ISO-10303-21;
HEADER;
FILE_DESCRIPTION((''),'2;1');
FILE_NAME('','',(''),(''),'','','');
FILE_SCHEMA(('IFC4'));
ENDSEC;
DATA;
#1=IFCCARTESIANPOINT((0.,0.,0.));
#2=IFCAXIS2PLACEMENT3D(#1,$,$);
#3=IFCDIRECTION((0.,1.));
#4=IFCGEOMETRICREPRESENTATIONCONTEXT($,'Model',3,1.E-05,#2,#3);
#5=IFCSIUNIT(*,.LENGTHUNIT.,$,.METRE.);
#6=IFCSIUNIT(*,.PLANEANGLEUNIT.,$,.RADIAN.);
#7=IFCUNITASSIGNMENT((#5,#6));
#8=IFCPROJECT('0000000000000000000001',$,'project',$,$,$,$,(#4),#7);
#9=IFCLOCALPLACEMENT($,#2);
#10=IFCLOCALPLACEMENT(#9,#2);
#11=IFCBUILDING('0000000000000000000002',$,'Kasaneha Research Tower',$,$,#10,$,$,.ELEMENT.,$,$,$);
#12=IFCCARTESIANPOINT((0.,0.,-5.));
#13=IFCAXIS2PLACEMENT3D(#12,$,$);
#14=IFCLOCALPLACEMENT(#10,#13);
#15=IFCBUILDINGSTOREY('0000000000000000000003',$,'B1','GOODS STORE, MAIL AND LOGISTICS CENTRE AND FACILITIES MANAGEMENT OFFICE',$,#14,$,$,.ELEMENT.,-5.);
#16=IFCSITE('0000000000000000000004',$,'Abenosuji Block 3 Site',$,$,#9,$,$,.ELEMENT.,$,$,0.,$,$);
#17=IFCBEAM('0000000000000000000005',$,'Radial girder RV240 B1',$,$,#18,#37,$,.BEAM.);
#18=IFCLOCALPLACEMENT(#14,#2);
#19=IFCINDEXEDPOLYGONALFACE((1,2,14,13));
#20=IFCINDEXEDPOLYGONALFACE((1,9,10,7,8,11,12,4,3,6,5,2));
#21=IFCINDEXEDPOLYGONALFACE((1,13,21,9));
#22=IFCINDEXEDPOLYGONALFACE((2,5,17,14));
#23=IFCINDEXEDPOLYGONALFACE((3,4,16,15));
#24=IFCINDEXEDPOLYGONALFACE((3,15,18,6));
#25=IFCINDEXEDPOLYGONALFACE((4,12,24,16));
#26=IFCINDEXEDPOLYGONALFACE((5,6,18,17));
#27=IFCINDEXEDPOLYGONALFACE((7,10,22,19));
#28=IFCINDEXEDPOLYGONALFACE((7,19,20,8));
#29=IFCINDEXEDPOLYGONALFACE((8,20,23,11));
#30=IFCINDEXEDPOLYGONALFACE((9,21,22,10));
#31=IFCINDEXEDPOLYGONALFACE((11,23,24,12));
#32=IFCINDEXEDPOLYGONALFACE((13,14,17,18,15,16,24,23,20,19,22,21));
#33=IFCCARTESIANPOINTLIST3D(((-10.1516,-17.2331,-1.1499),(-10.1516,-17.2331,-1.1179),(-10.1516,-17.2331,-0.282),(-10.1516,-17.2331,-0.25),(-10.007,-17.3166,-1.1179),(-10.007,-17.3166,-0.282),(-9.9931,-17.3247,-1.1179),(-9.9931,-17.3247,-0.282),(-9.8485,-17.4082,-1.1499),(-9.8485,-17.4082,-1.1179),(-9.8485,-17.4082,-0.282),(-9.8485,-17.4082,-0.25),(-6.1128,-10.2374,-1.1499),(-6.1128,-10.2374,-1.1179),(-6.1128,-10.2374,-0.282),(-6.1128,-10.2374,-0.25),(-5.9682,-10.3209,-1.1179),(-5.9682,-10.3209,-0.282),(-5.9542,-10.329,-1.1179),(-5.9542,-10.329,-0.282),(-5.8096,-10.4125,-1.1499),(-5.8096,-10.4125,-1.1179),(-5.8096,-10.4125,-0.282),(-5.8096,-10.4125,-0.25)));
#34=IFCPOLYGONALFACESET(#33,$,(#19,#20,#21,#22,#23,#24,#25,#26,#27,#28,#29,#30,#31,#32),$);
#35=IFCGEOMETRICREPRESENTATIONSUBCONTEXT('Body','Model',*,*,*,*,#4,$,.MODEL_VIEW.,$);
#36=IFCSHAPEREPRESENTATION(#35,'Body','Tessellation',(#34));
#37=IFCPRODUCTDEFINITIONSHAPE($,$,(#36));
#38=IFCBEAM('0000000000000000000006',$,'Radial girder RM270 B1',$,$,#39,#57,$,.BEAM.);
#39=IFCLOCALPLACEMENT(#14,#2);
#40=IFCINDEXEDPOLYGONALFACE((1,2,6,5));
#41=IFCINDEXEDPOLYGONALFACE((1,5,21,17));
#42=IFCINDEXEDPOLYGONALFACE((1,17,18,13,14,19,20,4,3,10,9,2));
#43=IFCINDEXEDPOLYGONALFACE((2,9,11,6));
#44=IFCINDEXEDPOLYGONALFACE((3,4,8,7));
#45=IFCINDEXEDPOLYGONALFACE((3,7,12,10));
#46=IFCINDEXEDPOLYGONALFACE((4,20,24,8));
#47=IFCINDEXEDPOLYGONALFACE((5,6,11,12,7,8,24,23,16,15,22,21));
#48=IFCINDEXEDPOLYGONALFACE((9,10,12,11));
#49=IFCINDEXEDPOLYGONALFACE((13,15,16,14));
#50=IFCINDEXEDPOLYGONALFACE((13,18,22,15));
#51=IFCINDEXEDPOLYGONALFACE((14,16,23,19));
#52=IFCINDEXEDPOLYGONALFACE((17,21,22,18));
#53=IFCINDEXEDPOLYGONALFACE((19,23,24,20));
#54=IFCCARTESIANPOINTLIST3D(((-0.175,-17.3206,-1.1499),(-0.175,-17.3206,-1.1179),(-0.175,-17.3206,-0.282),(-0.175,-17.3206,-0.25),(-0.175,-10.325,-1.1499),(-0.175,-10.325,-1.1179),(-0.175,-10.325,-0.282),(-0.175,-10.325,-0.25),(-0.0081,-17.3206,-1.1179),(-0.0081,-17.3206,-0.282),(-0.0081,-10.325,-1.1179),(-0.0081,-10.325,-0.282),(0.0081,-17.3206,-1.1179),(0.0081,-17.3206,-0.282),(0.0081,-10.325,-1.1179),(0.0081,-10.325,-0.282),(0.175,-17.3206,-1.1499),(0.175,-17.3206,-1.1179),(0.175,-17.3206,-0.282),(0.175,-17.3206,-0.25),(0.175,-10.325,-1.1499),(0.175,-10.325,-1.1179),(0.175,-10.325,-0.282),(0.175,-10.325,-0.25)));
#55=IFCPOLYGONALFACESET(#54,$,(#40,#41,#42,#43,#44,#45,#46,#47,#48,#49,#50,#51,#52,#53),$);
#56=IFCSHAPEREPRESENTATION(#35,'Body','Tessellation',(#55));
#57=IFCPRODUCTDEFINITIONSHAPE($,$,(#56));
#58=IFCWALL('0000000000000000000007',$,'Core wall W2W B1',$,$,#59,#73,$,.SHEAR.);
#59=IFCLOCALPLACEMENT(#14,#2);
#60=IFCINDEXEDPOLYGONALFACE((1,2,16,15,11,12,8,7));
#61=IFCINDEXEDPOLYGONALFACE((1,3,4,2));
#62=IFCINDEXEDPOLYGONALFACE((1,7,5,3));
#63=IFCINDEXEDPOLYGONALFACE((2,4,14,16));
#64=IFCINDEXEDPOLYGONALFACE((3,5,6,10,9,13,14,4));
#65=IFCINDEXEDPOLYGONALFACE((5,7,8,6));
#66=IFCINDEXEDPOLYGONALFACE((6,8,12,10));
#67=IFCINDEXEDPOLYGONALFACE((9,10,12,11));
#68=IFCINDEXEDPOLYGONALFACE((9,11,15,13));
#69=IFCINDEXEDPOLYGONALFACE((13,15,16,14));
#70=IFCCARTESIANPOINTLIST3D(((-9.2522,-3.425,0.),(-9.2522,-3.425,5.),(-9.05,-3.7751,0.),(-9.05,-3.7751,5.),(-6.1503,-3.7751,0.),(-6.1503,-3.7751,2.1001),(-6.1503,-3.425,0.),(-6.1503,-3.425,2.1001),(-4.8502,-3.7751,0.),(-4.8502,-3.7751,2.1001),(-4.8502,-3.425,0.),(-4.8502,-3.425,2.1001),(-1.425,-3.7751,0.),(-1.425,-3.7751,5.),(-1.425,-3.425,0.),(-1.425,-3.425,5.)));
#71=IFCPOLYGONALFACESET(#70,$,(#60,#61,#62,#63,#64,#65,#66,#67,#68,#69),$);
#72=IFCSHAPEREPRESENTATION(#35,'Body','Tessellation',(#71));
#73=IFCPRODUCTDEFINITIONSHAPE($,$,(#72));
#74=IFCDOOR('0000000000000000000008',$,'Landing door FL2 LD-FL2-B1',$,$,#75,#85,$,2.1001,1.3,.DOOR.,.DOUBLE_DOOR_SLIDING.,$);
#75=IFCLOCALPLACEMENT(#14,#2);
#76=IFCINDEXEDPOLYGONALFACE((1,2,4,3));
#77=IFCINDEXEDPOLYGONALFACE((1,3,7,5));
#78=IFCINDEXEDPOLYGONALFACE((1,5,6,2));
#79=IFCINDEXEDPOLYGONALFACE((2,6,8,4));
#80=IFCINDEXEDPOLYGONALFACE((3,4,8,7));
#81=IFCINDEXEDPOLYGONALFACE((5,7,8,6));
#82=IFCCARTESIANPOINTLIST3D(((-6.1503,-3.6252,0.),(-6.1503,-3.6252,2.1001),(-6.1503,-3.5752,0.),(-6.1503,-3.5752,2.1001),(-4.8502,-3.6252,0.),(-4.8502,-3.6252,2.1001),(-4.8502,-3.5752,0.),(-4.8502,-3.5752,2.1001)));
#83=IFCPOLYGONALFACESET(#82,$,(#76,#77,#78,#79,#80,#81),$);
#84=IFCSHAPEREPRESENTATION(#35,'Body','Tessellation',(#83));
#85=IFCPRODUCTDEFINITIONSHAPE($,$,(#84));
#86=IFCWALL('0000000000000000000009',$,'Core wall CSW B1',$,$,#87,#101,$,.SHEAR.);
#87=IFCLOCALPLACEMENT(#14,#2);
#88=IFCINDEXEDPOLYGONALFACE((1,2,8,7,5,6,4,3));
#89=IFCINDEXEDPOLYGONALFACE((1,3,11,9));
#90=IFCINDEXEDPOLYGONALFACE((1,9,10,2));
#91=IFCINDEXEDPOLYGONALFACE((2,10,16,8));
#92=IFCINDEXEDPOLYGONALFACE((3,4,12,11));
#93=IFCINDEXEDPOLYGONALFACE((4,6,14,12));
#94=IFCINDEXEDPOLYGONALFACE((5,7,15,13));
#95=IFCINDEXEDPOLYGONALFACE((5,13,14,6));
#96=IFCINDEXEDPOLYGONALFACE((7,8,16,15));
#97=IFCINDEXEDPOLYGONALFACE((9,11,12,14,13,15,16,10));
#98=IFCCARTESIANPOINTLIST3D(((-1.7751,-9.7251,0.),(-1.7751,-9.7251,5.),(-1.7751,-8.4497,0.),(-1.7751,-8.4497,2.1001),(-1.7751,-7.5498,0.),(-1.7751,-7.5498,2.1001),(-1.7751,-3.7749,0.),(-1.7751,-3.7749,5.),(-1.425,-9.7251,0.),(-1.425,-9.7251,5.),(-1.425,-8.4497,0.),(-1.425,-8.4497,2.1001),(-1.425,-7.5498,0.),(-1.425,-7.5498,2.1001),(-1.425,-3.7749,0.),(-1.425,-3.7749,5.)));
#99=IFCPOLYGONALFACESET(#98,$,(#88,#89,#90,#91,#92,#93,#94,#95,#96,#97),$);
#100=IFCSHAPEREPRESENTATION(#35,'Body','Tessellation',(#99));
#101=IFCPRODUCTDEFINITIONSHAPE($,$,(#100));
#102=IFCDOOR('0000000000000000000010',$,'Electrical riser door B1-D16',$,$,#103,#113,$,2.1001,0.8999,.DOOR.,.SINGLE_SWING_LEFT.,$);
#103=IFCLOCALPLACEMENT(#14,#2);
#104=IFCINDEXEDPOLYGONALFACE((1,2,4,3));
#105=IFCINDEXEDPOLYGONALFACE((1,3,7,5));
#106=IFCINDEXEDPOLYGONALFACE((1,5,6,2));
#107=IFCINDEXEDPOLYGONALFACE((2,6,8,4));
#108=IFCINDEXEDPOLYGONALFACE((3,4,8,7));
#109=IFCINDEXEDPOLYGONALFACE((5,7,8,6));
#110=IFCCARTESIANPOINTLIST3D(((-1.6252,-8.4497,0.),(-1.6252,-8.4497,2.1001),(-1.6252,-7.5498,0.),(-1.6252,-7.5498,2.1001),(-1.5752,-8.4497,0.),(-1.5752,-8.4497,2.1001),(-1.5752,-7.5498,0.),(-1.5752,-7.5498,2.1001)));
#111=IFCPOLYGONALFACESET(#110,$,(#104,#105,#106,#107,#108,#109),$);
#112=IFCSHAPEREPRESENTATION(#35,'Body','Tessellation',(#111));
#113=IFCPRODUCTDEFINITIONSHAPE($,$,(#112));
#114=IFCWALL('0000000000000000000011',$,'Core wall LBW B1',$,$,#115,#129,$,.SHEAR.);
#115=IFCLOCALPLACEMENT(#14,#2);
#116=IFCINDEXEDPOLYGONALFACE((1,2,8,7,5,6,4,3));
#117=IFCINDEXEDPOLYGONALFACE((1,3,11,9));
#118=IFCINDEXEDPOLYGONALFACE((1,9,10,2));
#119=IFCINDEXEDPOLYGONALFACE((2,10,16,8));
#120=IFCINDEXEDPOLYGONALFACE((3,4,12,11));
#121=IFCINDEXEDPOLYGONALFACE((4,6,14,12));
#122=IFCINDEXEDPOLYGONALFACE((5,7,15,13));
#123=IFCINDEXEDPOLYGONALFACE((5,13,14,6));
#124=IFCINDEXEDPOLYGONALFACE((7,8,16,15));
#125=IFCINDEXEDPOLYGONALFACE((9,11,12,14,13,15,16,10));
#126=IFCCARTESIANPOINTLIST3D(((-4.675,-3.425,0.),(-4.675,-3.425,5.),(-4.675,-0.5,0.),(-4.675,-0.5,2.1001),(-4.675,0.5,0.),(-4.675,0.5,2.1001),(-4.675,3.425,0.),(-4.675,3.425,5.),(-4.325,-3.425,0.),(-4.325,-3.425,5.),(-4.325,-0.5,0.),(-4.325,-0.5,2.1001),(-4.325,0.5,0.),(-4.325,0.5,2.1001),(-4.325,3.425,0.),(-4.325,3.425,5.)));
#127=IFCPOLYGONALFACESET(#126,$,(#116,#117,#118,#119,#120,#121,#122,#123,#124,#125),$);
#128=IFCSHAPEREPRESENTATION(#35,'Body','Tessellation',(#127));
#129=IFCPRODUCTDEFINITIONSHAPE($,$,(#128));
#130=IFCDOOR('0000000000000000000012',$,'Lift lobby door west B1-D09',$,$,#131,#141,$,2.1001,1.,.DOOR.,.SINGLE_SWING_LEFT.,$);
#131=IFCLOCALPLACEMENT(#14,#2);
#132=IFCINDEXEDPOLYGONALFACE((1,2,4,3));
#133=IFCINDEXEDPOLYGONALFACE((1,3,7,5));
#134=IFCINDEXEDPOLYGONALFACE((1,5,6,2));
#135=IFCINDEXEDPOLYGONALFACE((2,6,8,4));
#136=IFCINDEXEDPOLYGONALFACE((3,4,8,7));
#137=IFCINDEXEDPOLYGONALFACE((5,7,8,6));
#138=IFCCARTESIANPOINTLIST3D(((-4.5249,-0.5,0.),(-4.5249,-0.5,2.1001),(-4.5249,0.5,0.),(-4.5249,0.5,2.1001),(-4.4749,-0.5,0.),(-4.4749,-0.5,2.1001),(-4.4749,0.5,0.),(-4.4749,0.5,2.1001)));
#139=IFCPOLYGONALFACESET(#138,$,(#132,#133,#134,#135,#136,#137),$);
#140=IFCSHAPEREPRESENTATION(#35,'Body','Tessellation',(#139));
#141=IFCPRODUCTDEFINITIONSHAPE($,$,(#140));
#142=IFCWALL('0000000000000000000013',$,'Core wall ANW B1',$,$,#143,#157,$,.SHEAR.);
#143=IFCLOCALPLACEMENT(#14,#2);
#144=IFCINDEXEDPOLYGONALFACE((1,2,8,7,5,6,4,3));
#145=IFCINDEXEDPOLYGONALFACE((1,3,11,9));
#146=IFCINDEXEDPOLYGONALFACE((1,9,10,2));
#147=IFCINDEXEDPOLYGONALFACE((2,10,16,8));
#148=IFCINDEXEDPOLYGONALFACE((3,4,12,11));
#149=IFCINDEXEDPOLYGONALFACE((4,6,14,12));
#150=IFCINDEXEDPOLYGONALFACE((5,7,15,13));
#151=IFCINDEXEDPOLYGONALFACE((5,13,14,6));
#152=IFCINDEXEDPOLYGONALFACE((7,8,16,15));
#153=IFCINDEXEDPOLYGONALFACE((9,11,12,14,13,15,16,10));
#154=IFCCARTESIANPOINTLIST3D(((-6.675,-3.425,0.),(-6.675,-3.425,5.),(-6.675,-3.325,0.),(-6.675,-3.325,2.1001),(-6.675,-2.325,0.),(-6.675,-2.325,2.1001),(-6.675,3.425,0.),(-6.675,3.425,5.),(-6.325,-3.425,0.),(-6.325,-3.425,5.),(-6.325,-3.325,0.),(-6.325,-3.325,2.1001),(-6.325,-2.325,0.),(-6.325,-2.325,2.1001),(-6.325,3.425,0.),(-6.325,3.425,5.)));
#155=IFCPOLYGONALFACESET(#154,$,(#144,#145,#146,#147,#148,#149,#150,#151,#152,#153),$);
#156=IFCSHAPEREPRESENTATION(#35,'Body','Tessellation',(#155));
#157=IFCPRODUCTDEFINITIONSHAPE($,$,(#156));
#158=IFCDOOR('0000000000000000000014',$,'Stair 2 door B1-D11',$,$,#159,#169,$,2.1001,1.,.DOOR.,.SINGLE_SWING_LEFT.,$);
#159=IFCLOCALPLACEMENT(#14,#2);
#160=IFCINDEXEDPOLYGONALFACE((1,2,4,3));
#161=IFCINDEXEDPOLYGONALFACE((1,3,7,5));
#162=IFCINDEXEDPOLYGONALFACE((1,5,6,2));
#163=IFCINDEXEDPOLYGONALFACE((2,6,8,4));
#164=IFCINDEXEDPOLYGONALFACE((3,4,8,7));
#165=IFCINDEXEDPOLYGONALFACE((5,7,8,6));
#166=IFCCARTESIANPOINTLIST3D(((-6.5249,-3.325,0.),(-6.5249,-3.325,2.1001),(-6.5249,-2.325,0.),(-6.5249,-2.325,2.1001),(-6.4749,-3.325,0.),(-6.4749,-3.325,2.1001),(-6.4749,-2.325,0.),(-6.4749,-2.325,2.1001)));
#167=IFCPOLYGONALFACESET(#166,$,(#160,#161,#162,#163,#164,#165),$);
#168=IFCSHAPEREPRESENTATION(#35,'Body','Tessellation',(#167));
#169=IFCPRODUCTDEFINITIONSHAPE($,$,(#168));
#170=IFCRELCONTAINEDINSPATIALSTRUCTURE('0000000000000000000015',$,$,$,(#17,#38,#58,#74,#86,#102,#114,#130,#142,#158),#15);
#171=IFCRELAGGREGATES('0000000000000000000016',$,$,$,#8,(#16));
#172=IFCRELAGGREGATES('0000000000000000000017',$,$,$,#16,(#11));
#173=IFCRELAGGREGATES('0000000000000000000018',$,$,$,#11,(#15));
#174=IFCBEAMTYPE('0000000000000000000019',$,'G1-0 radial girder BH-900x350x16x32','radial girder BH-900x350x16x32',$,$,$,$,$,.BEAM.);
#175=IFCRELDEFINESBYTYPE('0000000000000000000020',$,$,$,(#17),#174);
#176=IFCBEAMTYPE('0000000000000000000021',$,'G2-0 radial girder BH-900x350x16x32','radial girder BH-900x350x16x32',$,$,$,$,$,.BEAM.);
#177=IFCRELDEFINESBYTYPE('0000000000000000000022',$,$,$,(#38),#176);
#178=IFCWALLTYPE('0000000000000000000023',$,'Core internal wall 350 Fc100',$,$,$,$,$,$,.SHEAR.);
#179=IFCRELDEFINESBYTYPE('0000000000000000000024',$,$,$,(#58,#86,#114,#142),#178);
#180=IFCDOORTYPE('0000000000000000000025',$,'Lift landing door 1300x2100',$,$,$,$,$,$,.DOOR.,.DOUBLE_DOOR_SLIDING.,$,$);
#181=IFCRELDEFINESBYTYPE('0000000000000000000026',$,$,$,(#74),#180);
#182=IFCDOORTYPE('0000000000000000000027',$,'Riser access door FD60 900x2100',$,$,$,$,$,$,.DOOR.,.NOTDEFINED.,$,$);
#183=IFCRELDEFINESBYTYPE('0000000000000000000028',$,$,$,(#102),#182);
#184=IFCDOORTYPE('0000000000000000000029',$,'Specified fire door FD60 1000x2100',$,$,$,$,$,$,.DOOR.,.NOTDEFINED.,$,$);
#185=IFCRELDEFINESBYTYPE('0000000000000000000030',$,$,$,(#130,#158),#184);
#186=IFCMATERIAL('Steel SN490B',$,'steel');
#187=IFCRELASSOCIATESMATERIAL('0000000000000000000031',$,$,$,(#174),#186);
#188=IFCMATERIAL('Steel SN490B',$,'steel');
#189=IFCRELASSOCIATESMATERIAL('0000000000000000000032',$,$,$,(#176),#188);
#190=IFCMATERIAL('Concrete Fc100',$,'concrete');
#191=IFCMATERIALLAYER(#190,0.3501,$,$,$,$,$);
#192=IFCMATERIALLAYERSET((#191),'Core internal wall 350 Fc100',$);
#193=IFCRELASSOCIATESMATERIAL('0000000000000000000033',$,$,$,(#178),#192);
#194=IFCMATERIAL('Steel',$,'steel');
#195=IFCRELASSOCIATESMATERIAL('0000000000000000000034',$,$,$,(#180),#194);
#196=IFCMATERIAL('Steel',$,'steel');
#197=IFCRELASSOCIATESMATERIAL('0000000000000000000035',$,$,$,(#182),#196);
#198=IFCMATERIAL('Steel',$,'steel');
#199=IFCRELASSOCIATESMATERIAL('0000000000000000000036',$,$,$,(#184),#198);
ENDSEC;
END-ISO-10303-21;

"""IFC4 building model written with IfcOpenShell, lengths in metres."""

from ifc_helpers import new_model, si_unit, direction, frame, frame_2d, origin, origin_2d, place, context, subcontext, project, spatial, polyline, rectangle, i_section, outline, extrude, material, layer, layer_set, material_profile, profile_set, type_object, element, fill, save


model = new_model("IFC4")

# Units and contexts
model_context = context("Model", 3, precision=1e-05, world=origin(), true_north=direction((0.0, 1.0)))
body_context = subcontext(model_context, "Body", "Model", "MODEL_VIEW")
ifc_project = project(units=[si_unit("LENGTHUNIT", "METRE"), si_unit("PLANEANGLEUNIT", "RADIAN")], contexts=[model_context])

# Site, building, storey
site_placement = place(None, origin())
site = spatial("IfcSite", under=ifc_project, at=site_placement, Name="Abenosuji Block 3 Site", CompositionType="ELEMENT", RefElevation=0.0)
building_placement = place(site_placement, origin())
building = spatial("IfcBuilding", under=site, at=building_placement, Name="Kasaneha Research Tower", CompositionType="ELEMENT")
storey_placement = place(building_placement, frame((0.0, 0.0, -5.0)))
storey = spatial("IfcBuildingStorey", under=building, at=storey_placement, Name="B1", Description="GOODS STORE, MAIL AND LOGISTICS CENTRE AND FACILITIES MANAGEMENT OFFICE", CompositionType="ELEMENT", Elevation=-5.0)

# Beams
ifc_material_1 = material(Name="Steel SN490B", Category="steel")
ifc_material_profile_1 = material_profile(ifc_material_1, i_section(OverallWidth=0.3501, OverallDepth=0.8999, WebThickness=0.0161, FlangeThickness=0.032, at=origin_2d()), Name="BH-900x350x16x32")
ifc_profile_set_1 = profile_set([ifc_material_profile_1], Name="Steel SN490B")
beam_type_1 = type_object("IfcBeamType", Name="G1-0 radial girder BH-900x350x16x32", Description="radial girder BH-900x350x16x32", PredefinedType="BEAM", material=ifc_profile_set_1)
beam_1_placement = place(storey_placement, frame((-5.9612, -10.325, -0.7), z_axis=(-0.499991, -0.866031, 0.0), x_axis=(0.866031, -0.499991, 0.0)))
element("IfcBeam", 1, at=beam_1_placement, inside=storey, type_object=beam_type_1, Name="Radial girder RV240 B1", PredefinedType="BEAM", context=body_context, shape_type="SweptSolid", body=[
    extrude(i_section(OverallWidth=0.3501, OverallDepth=0.8999, WebThickness=0.0161, FlangeThickness=0.032, at=origin_2d()), origin(), (0.0, 0.0, 1.0), 8.0779),
])
ifc_material_2 = material(Name="Steel SN490B", Category="steel")
ifc_material_profile_2 = material_profile(ifc_material_2, i_section(OverallWidth=0.3501, OverallDepth=0.8999, WebThickness=0.0161, FlangeThickness=0.032, at=origin_2d()), Name="BH-900x350x16x32")
ifc_profile_set_2 = profile_set([ifc_material_profile_2], Name="Steel SN490B")
beam_type_2 = type_object("IfcBeamType", Name="G2-0 radial girder BH-900x350x16x32", Description="radial girder BH-900x350x16x32", PredefinedType="BEAM", material=ifc_profile_set_2)
beam_2_placement = place(storey_placement, frame((0.0, -10.325, -0.7), z_axis=(0.0, -1.0, 0.0), x_axis=(1.0, 0.0, 0.0)))
element("IfcBeam", 2, at=beam_2_placement, inside=storey, type_object=beam_type_2, Name="Radial girder RM270 B1", PredefinedType="BEAM", context=body_context, shape_type="SweptSolid", body=[
    extrude(i_section(OverallWidth=0.3501, OverallDepth=0.8999, WebThickness=0.0161, FlangeThickness=0.032, at=origin_2d()), origin(), (0.0, 0.0, 1.0), 6.9956),
])

# Walls, openings, doors
ifc_material_3 = material(Name="Concrete Fc100", Category="concrete")
ifc_layer_1 = layer(ifc_material_3, 0.3501)
ifc_layer_set_1 = layer_set([ifc_layer_1], Name="Core internal wall 350 Fc100")
wall_type_1 = type_object("IfcWallType", Name="Core internal wall 350 Fc100", PredefinedType="SHEAR", material=ifc_layer_set_1)
wall_1_placement = place(storey_placement, frame((-9.1511, -3.6001, 0.0), z_axis=(0.0, 0.0, 1.0), x_axis=(1.0, 0.0, 0.0)))
wall_1 = element("IfcWall", 3, at=wall_1_placement, inside=storey, type_object=wall_type_1, Name="Core wall W2W B1", PredefinedType="SHEAR", context=body_context, shape_type="SweptSolid", body=[
    extrude(outline(polyline([(0.1011, -0.175), (3.001, -0.175), (4.301, -0.175), (7.7261, -0.175), (7.7261, 0.175), (4.301, 0.175), (3.001, 0.175), (-0.1011, 0.175), (0.1011, -0.175)])), origin(), (0.0, 0.0, 1.0), 5.0),
])
opening_1_placement = place(wall_1_placement, frame((3.001, 0.0, 0.0)))
opening_1 = element("IfcOpeningElement", 4, at=opening_1_placement, cuts=wall_1, PredefinedType="OPENING", context=body_context, shape_type="SweptSolid", body=[
    extrude(rectangle(XDim=1.3, YDim=2.1001, at=frame_2d((0.6499, 1.05))), frame((0.0, 0.1851, 0.0), z_axis=(0.0, -1.0, 0.0), x_axis=(1.0, 0.0, 0.0)), (0.0, 0.0, 1.0), 0.3701),
])
ifc_material_4 = material(Name="Steel", Category="steel")
door_type_1 = type_object("IfcDoorType", Name="Lift landing door 1300x2100", OperationType="DOUBLE_DOOR_SLIDING", PredefinedType="DOOR", material=ifc_material_4)
door_1_placement = place(opening_1_placement, origin())
door_1 = element("IfcDoor", 5, at=door_1_placement, inside=storey, type_object=door_type_1, Name="Landing door FL2 LD-FL2-B1", OperationType="DOUBLE_DOOR_SLIDING", OverallHeight=2.1001, OverallWidth=1.3, PredefinedType="DOOR", context=body_context, shape_type="SweptSolid", body=[
    extrude(rectangle(XDim=1.3, YDim=2.1001, at=frame_2d((0.6499, 1.05))), frame((0.0, 0.0249, 0.0), z_axis=(0.0, -1.0, 0.0), x_axis=(1.0, 0.0, 0.0)), (0.0, 0.0, 1.0), 0.05),
])
fill(opening_1, door_1)
wall_2_placement = place(storey_placement, frame((-1.6001, -3.7749, 0.0), z_axis=(0.0, 0.0, 1.0), x_axis=(0.0, -1.0, 0.0)))
wall_2 = element("IfcWall", 6, at=wall_2_placement, inside=storey, type_object=wall_type_1, Name="Core wall CSW B1", PredefinedType="SHEAR", context=body_context, shape_type="SweptSolid", body=[
    extrude(rectangle(XDim=5.9502, YDim=0.3501, at=frame_2d((2.9751, 0.0))), origin(), (0.0, 0.0, 1.0), 5.0),
])
opening_2_placement = place(wall_2_placement, frame((3.7749, 0.0, 0.0)))
opening_2 = element("IfcOpeningElement", 7, at=opening_2_placement, cuts=wall_2, PredefinedType="OPENING", context=body_context, shape_type="SweptSolid", body=[
    extrude(rectangle(XDim=0.8999, YDim=2.1001, at=frame_2d((0.45, 1.05))), frame((0.0, 0.1851, 0.0), z_axis=(0.0, -1.0, 0.0), x_axis=(1.0, 0.0, 0.0)), (0.0, 0.0, 1.0), 0.3701),
])
ifc_material_5 = material(Name="Steel", Category="steel")
door_type_2 = type_object("IfcDoorType", Name="Riser access door FD60 900x2100", OperationType="NOTDEFINED", PredefinedType="DOOR", material=ifc_material_5)
door_2_placement = place(opening_2_placement, origin())
door_2 = element("IfcDoor", 8, at=door_2_placement, inside=storey, type_object=door_type_2, Name="Electrical riser door B1-D16", OperationType="SINGLE_SWING_LEFT", OverallHeight=2.1001, OverallWidth=0.8999, PredefinedType="DOOR", context=body_context, shape_type="SweptSolid", body=[
    extrude(rectangle(XDim=0.8999, YDim=2.1001, at=frame_2d((0.45, 1.05))), frame((0.0, 0.0249, 0.0), z_axis=(0.0, -1.0, 0.0), x_axis=(1.0, 0.0, 0.0)), (0.0, 0.0, 1.0), 0.05),
])
fill(opening_2, door_2)
wall_3_placement = place(storey_placement, frame((-4.5, -3.425, 0.0), z_axis=(0.0, 0.0, 1.0), x_axis=(0.0, 1.0, 0.0)))
wall_3 = element("IfcWall", 9, at=wall_3_placement, inside=storey, type_object=wall_type_1, Name="Core wall LBW B1", PredefinedType="SHEAR", context=body_context, shape_type="SweptSolid", body=[
    extrude(rectangle(XDim=6.8501, YDim=0.3501, at=frame_2d((3.425, 0.0))), origin(), (0.0, 0.0, 1.0), 5.0),
])
opening_3_placement = place(wall_3_placement, frame((2.925, 0.0, 0.0)))
opening_3 = element("IfcOpeningElement", 10, at=opening_3_placement, cuts=wall_3, PredefinedType="OPENING", context=body_context, shape_type="SweptSolid", body=[
    extrude(rectangle(XDim=1.0, YDim=2.1001, at=frame_2d((0.5, 1.05))), frame((0.0, 0.1851, 0.0), z_axis=(0.0, -1.0, 0.0), x_axis=(1.0, 0.0, 0.0)), (0.0, 0.0, 1.0), 0.3701),
])
ifc_material_6 = material(Name="Steel", Category="steel")
door_type_3 = type_object("IfcDoorType", Name="Specified fire door FD60 1000x2100", OperationType="NOTDEFINED", PredefinedType="DOOR", material=ifc_material_6)
door_3_placement = place(opening_3_placement, origin())
door_3 = element("IfcDoor", 11, at=door_3_placement, inside=storey, type_object=door_type_3, Name="Lift lobby door west B1-D09", OperationType="SINGLE_SWING_LEFT", OverallHeight=2.1001, OverallWidth=1.0, PredefinedType="DOOR", context=body_context, shape_type="SweptSolid", body=[
    extrude(rectangle(XDim=1.0, YDim=2.1001, at=frame_2d((0.5, 1.05))), frame((0.0, 0.0249, 0.0), z_axis=(0.0, -1.0, 0.0), x_axis=(1.0, 0.0, 0.0)), (0.0, 0.0, 1.0), 0.05),
])
fill(opening_3, door_3)
wall_4_placement = place(storey_placement, frame((-6.5, -3.425, 0.0), z_axis=(0.0, 0.0, 1.0), x_axis=(0.0, 1.0, 0.0)))
wall_4 = element("IfcWall", 12, at=wall_4_placement, inside=storey, type_object=wall_type_1, Name="Core wall ANW B1", PredefinedType="SHEAR", context=body_context, shape_type="SweptSolid", body=[
    extrude(rectangle(XDim=6.8501, YDim=0.3501, at=frame_2d((3.425, 0.0))), origin(), (0.0, 0.0, 1.0), 5.0),
])
opening_4_placement = place(wall_4_placement, frame((0.1001, 0.0, 0.0)))
opening_4 = element("IfcOpeningElement", 13, at=opening_4_placement, cuts=wall_4, PredefinedType="OPENING", context=body_context, shape_type="SweptSolid", body=[
    extrude(rectangle(XDim=1.0, YDim=2.1001, at=frame_2d((0.5, 1.05))), frame((0.0, 0.1851, 0.0), z_axis=(0.0, -1.0, 0.0), x_axis=(1.0, 0.0, 0.0)), (0.0, 0.0, 1.0), 0.3701),
])
door_4_placement = place(opening_4_placement, origin())
door_4 = element("IfcDoor", 14, at=door_4_placement, inside=storey, type_object=door_type_3, Name="Stair 2 door B1-D11", OperationType="SINGLE_SWING_LEFT", OverallHeight=2.1001, OverallWidth=1.0, PredefinedType="DOOR", context=body_context, shape_type="SweptSolid", body=[
    extrude(rectangle(XDim=1.0, YDim=2.1001, at=frame_2d((0.5, 1.05))), frame((0.0, 0.0249, 0.0), z_axis=(0.0, -1.0, 0.0), x_axis=(1.0, 0.0, 0.0)), (0.0, 0.0, 1.0), 0.05),
])
fill(opening_4, door_4)

save(model, "model.ifc")
